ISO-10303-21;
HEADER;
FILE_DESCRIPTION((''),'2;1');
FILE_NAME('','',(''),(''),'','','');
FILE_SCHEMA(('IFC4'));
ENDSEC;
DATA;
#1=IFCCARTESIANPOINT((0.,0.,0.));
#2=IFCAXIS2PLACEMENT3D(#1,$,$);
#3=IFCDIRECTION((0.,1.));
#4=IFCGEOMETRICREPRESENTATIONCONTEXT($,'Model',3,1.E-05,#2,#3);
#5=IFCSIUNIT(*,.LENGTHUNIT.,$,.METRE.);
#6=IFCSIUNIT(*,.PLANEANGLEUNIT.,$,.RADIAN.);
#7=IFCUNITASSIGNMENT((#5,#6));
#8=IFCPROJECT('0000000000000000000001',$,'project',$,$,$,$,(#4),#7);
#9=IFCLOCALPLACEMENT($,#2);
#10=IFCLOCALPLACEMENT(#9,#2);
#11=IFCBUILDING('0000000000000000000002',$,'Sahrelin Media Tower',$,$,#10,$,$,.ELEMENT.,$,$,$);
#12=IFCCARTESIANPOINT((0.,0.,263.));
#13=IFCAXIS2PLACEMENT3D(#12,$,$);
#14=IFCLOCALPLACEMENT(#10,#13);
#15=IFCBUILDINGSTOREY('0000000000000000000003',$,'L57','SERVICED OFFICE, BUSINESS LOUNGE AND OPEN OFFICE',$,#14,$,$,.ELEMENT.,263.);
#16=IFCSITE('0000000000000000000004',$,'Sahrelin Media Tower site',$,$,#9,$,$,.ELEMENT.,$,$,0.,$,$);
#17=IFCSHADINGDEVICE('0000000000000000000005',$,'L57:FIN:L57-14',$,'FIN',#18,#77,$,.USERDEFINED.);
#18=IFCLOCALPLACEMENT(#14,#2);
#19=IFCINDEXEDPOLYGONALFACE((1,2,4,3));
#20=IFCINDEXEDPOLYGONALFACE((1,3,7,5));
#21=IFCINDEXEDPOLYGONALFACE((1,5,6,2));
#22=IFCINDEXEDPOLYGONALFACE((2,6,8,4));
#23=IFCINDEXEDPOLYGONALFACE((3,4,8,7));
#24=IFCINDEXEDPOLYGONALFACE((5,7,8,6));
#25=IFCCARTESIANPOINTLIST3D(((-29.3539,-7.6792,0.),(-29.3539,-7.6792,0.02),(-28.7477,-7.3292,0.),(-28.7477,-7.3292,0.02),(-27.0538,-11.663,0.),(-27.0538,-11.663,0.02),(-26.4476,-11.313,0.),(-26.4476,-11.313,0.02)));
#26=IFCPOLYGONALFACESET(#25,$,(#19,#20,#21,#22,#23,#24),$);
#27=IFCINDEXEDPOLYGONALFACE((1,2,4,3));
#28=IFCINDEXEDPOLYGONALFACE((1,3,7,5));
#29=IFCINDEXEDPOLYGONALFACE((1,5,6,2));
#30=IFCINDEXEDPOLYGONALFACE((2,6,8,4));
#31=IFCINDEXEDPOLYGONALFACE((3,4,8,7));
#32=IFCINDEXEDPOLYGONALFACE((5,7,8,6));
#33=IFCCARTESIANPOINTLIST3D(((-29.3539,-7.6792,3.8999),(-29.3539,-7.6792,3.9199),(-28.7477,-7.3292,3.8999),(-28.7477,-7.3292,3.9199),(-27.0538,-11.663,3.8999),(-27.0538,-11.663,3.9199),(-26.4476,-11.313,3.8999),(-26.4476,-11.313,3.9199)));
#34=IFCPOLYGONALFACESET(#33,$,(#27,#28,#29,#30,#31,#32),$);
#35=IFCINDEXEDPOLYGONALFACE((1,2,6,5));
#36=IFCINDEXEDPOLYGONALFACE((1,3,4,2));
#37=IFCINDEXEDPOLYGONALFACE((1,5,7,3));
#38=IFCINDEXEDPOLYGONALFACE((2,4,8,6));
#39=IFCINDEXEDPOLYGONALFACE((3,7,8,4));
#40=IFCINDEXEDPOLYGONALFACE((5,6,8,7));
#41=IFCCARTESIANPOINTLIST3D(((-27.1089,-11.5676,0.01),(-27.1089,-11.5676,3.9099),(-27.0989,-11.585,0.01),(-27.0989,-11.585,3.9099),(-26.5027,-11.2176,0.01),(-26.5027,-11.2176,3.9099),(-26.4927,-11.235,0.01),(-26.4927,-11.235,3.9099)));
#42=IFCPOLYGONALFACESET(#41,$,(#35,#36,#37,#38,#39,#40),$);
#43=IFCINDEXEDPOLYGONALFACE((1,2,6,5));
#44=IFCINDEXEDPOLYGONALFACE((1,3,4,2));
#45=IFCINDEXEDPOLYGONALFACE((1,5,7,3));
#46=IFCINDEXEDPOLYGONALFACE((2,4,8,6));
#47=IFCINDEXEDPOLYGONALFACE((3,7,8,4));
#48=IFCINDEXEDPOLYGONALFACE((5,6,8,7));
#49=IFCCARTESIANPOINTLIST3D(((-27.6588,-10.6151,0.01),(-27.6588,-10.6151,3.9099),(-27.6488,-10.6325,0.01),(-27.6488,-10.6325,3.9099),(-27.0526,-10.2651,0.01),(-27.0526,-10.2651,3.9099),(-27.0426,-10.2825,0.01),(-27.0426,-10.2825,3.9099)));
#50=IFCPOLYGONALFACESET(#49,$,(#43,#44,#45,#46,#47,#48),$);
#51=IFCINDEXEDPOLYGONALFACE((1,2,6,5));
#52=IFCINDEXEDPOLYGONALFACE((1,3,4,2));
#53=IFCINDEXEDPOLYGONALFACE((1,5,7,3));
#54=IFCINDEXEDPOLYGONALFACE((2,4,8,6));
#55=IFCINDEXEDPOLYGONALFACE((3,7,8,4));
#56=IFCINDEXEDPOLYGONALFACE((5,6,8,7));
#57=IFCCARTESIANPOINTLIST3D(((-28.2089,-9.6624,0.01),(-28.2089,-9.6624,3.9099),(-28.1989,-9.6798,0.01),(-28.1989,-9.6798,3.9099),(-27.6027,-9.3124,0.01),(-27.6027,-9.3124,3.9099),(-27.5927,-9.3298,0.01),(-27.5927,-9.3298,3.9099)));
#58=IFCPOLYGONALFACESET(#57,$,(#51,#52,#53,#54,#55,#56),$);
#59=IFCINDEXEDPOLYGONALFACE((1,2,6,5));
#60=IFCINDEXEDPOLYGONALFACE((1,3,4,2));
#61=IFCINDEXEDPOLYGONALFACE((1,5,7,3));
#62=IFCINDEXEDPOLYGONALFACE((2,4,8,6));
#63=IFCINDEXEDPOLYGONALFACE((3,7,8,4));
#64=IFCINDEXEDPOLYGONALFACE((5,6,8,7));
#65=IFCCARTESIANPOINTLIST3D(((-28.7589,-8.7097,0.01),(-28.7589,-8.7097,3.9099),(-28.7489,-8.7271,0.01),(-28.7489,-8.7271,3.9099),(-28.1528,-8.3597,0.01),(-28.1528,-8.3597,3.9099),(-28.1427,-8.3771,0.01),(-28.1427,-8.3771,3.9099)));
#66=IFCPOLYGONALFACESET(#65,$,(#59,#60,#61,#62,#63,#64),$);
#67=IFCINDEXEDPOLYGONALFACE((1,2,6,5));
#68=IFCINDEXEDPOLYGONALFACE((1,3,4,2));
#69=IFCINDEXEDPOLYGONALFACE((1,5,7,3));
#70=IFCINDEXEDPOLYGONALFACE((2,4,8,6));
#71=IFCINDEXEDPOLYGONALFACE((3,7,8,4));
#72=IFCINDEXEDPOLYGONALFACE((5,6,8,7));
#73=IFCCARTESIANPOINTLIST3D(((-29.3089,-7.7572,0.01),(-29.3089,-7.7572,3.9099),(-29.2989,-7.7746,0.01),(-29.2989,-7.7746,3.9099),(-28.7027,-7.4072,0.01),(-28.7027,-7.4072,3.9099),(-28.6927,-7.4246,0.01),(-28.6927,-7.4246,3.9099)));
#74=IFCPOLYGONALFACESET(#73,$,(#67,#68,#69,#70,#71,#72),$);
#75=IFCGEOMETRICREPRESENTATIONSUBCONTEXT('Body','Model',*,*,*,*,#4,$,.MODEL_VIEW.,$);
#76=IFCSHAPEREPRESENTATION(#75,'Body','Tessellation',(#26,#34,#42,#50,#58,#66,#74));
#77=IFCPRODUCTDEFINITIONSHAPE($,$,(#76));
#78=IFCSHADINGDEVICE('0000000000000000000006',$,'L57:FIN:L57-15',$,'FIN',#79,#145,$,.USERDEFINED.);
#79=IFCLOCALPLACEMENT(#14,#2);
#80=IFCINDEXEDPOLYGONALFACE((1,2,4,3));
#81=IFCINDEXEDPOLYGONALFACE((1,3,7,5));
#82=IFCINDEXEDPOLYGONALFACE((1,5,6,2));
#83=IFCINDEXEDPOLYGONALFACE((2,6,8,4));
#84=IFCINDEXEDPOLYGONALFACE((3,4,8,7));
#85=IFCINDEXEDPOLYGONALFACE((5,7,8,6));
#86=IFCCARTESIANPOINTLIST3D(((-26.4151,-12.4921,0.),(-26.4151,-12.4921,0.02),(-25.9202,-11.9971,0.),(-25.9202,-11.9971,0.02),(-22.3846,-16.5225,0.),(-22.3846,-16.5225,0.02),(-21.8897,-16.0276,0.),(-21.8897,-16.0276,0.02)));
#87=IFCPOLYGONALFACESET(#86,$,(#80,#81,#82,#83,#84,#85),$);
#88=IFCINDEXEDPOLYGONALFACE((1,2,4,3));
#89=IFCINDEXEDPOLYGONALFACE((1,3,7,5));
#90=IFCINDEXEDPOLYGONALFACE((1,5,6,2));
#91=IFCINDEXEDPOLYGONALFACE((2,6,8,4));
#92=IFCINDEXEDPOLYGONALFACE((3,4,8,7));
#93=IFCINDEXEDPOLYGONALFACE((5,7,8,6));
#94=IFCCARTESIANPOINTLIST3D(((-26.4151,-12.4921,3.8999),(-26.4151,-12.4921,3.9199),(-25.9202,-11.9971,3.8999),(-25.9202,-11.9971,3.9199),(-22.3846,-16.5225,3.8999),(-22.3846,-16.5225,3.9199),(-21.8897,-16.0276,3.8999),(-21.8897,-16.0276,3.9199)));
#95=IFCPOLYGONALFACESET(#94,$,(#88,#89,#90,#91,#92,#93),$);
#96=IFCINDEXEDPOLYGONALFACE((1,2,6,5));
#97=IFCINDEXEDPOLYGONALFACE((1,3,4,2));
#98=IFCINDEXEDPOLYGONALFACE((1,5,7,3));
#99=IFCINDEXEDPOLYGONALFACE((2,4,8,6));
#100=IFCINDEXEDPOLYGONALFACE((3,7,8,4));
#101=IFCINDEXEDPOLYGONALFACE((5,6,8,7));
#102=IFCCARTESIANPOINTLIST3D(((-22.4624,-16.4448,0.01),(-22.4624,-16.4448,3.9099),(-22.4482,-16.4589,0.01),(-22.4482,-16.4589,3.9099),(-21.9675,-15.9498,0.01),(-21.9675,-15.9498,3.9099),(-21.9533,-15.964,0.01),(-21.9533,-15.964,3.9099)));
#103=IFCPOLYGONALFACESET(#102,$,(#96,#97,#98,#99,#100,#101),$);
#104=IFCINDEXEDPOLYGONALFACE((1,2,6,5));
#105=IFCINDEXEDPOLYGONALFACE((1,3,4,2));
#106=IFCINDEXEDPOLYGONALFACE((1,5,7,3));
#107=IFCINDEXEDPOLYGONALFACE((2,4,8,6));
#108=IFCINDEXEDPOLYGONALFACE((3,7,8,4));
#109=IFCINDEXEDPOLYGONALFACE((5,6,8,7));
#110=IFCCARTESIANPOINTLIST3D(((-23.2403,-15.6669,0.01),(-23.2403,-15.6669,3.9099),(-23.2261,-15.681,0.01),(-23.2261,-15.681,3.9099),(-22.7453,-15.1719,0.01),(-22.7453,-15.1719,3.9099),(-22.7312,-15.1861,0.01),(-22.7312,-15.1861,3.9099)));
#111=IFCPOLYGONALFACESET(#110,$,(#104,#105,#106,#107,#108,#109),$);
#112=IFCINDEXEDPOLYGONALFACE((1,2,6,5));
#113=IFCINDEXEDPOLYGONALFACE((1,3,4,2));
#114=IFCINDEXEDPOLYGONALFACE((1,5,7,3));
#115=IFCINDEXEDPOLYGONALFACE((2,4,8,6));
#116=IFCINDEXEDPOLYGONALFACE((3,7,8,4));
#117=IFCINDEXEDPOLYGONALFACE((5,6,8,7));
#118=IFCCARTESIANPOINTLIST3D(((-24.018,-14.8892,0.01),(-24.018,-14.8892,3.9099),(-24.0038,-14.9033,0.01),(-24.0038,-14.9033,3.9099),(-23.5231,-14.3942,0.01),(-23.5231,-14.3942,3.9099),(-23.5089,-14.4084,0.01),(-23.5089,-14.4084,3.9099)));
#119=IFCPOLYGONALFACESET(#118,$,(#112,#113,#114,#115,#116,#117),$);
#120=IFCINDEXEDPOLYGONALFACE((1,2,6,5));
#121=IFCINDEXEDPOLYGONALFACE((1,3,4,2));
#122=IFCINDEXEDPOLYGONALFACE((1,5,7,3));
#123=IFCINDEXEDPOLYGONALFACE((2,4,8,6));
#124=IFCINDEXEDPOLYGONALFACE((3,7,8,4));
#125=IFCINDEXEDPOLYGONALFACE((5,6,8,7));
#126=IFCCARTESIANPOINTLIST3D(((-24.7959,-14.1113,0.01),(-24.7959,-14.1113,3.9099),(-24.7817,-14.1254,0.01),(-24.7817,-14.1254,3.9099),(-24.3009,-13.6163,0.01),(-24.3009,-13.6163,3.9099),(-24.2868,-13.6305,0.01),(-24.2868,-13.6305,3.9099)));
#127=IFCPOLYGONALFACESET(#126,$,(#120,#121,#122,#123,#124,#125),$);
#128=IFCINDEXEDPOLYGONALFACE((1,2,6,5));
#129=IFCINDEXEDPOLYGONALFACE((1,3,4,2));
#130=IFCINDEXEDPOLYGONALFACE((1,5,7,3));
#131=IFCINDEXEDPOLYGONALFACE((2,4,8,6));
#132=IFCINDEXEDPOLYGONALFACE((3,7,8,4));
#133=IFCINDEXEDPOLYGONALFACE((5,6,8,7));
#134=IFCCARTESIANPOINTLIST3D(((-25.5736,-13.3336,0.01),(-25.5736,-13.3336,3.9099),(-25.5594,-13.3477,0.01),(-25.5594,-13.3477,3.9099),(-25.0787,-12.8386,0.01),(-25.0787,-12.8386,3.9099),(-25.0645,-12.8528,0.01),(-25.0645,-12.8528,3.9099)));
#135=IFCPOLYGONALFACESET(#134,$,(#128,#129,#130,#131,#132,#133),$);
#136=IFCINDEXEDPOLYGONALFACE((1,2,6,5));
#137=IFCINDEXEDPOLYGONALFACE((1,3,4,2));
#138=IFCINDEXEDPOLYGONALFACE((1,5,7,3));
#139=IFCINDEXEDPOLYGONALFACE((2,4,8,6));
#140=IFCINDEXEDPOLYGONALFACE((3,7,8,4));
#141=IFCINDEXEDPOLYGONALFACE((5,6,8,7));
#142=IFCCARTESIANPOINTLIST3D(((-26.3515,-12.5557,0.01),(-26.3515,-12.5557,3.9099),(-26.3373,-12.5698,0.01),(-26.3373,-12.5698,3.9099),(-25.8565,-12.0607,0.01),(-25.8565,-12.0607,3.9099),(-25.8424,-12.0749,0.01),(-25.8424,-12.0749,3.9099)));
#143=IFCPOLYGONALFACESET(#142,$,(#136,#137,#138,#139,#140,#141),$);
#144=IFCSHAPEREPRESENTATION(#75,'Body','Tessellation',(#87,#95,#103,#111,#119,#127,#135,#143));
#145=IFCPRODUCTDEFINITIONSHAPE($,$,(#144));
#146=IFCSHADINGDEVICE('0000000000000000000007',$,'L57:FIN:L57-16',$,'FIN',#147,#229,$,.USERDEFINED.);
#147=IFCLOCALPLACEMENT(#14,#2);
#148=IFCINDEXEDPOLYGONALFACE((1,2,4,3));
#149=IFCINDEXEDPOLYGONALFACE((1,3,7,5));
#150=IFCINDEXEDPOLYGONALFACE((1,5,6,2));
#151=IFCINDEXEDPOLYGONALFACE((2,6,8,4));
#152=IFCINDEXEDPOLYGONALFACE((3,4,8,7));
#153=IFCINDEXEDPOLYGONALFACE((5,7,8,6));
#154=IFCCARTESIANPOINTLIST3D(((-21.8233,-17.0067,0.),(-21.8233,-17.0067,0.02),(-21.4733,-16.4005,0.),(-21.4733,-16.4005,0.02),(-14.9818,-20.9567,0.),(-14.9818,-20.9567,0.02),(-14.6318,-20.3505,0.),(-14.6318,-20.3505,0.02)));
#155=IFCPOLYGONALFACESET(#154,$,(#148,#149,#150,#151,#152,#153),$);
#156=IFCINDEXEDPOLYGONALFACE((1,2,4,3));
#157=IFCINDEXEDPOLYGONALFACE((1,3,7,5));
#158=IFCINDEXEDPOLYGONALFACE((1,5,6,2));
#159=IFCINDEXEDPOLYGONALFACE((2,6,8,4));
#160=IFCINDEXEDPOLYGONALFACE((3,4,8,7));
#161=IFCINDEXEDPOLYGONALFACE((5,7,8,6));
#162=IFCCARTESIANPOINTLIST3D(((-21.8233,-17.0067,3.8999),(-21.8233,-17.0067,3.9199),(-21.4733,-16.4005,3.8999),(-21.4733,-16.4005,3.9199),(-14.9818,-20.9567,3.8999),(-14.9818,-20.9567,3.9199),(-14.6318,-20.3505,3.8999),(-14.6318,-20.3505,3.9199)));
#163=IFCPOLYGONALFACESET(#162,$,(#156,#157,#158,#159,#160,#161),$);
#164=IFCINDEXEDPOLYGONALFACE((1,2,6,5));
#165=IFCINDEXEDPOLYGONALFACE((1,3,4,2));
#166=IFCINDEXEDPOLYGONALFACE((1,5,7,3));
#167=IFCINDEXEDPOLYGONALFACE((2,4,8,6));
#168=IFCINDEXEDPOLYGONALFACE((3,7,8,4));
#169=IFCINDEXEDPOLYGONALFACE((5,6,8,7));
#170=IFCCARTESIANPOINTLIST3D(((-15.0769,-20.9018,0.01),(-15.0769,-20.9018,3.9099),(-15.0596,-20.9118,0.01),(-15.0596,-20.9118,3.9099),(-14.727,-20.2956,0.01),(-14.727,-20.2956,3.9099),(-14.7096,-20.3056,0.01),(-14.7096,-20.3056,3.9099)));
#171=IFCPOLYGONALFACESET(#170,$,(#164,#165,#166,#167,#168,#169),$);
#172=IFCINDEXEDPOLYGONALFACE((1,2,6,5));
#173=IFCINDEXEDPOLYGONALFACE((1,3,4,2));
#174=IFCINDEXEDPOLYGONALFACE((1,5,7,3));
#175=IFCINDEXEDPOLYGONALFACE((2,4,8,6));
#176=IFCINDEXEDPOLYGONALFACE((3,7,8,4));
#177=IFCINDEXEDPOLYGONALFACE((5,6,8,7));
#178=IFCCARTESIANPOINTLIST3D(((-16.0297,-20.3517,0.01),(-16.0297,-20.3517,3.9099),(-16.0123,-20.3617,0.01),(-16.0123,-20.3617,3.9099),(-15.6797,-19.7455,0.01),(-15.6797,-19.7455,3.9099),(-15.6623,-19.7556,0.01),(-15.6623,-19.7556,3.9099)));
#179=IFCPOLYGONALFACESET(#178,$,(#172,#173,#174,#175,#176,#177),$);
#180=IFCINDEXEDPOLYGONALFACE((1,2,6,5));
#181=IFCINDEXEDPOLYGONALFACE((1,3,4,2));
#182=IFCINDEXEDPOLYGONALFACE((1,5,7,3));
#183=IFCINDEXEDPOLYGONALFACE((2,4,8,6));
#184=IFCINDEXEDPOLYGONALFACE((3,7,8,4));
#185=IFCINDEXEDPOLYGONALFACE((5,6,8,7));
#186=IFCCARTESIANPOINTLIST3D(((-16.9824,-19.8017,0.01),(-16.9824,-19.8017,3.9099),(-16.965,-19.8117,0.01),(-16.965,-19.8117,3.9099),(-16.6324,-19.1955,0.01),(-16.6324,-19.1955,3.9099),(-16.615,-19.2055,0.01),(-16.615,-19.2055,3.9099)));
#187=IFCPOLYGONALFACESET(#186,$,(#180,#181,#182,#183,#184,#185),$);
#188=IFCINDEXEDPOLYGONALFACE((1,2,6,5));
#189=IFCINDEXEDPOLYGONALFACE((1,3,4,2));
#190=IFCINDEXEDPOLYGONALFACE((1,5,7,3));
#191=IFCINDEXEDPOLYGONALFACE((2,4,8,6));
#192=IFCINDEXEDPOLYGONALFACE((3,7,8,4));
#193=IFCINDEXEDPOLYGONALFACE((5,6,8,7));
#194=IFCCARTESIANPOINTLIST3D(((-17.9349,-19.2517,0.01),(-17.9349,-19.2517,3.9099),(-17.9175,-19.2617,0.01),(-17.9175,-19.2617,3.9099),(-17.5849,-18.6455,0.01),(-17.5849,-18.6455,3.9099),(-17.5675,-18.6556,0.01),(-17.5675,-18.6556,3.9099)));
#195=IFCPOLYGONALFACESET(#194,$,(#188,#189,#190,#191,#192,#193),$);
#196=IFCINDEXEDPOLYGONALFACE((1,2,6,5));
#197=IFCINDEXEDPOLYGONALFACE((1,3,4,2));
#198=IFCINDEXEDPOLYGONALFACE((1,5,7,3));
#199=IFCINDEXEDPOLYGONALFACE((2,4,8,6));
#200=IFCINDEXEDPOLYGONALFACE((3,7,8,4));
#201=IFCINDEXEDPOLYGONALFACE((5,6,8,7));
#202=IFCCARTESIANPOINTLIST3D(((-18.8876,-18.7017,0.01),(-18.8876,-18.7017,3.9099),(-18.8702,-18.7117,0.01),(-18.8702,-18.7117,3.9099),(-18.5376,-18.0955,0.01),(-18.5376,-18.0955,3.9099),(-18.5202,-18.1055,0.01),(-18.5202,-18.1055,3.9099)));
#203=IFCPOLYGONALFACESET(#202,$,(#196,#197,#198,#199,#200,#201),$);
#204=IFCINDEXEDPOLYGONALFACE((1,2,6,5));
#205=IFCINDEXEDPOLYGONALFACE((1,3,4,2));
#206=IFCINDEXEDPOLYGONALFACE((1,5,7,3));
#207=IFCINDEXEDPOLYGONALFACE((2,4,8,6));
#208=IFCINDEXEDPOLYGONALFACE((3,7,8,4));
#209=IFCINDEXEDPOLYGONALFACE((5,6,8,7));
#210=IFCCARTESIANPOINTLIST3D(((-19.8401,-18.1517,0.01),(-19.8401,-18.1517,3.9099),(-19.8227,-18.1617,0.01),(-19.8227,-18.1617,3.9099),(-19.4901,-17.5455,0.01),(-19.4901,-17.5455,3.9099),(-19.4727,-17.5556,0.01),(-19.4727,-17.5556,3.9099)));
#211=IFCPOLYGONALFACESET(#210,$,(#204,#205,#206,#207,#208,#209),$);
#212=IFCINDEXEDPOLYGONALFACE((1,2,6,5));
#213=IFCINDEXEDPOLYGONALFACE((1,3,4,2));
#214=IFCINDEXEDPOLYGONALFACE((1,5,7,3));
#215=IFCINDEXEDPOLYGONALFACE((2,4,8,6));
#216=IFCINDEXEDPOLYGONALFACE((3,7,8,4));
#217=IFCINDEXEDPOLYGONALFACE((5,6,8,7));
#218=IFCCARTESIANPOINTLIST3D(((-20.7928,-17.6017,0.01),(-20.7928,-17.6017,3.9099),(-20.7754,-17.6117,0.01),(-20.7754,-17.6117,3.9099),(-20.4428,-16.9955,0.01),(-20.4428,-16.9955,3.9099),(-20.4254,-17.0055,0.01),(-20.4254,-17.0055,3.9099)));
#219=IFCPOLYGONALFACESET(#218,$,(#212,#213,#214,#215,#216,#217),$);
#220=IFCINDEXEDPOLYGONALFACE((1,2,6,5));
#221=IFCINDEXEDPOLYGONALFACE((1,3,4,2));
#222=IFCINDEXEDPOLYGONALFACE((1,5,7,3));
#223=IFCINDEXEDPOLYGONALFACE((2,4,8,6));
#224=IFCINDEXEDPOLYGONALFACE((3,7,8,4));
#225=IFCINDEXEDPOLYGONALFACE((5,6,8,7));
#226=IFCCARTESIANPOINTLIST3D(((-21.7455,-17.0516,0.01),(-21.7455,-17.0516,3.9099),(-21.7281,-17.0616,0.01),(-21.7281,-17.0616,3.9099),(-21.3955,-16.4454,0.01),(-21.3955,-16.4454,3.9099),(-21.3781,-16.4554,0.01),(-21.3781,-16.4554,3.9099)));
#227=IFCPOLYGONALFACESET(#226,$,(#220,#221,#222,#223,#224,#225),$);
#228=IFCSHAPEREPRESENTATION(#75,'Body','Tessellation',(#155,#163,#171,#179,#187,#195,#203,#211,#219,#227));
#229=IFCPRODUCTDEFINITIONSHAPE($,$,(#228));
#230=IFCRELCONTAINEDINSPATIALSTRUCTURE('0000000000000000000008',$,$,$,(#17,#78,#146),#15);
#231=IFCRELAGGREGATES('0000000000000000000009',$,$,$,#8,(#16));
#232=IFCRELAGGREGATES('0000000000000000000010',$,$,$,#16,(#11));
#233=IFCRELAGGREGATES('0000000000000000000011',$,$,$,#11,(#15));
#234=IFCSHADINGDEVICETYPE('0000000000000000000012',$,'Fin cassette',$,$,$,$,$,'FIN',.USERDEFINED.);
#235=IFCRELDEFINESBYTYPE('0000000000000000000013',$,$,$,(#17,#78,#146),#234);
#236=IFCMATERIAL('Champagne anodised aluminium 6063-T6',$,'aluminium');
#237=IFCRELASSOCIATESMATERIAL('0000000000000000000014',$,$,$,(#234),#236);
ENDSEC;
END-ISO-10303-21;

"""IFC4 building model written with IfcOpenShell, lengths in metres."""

from ifc_helpers import new_model, si_unit, direction, frame, origin, origin_2d, place, context, subcontext, project, spatial, rectangle, extrude, material, type_object, element, save


model = new_model("IFC4")

# Units and contexts
model_context = context("Model", 3, precision=1e-05, world=origin(), true_north=direction((0.0, 1.0)))
body_context = subcontext(model_context, "Body", "Model", "MODEL_VIEW")
ifc_project = project(units=[si_unit("LENGTHUNIT", "METRE"), si_unit("PLANEANGLEUNIT", "RADIAN")], contexts=[model_context])

# Site, building, storey
site_placement = place(None, origin())
site = spatial("IfcSite", under=ifc_project, at=site_placement, Name="Sahrelin Media Tower site", CompositionType="ELEMENT", RefElevation=0.0)
building_placement = place(site_placement, origin())
building = spatial("IfcBuilding", under=site, at=building_placement, Name="Sahrelin Media Tower", CompositionType="ELEMENT")
storey_placement = place(building_placement, frame((0.0, 0.0, 263.0)))
storey = spatial("IfcBuildingStorey", under=building, at=storey_placement, Name="L57", Description="SERVICED OFFICE, BUSINESS LOUNGE AND OPEN OFFICE", CompositionType="ELEMENT", Elevation=263.0)

# Shared definitions
ifc_material_1 = material(Name="Champagne anodised aluminium 6063-T6", Category="aluminium")

# Shading devices
shading_device_type_1 = type_object("IfcShadingDeviceType", Name="Fin cassette", ElementType="FIN", PredefinedType="USERDEFINED", material=ifc_material_1)
placement_1 = place(storey_placement, frame((-27.5371, -9.2861, 0.0), z_axis=(0.0, 0.0, 1.0), x_axis=(-0.500011, 0.866019, 0.0)))
element("IfcShadingDevice", 1, at=placement_1, inside=storey, type_object=shading_device_type_1, Name="L57:FIN:L57-14", ObjectType="FIN", PredefinedType="USERDEFINED", context=body_context, shape_type="SweptSolid", body=[
    extrude(rectangle(XDim=4.6001, YDim=0.7, at=origin_2d()), frame((0.0, 0.4199, 0.0)), (0.0, 0.0, 1.0), 0.02),
    extrude(rectangle(XDim=4.6001, YDim=0.7, at=origin_2d()), frame((0.0, 0.4199, 3.8999)), (0.0, 0.0, 1.0), 0.02),
    extrude(rectangle(XDim=0.02, YDim=0.7, at=origin_2d()), frame((-2.2, 0.4199, 0.01), z_axis=(0.0, 0.0, 1.0), x_axis=(1.0, 0.0, 0.0)), (0.0, 0.0, 1.0), 3.8999),
    extrude(rectangle(XDim=0.02, YDim=0.7, at=origin_2d()), frame((-1.1001, 0.4199, 0.01), z_axis=(0.0, 0.0, 1.0), x_axis=(1.0, 0.0, 0.0)), (0.0, 0.0, 1.0), 3.8999),
    extrude(rectangle(XDim=0.02, YDim=0.7, at=origin_2d()), frame((0.0, 0.4199, 0.01), z_axis=(0.0, 0.0, 1.0), x_axis=(1.0, 0.0, 0.0)), (0.0, 0.0, 1.0), 3.8999),
    extrude(rectangle(XDim=0.02, YDim=0.7, at=origin_2d()), frame((1.1001, 0.4199, 0.01), z_axis=(0.0, 0.0, 1.0), x_axis=(1.0, 0.0, 0.0)), (0.0, 0.0, 1.0), 3.8999),
    extrude(rectangle(XDim=0.02, YDim=0.7, at=origin_2d()), frame((2.2, 0.4199, 0.01), z_axis=(0.0, 0.0, 1.0), x_axis=(1.0, 0.0, 0.0)), (0.0, 0.0, 1.0), 3.8999),
])
placement_2 = place(storey_placement, frame((-23.8555, -13.9629, 0.0), z_axis=(0.0, 0.0, 1.0), x_axis=(-0.707107, 0.707107, 0.0)))
element("IfcShadingDevice", 2, at=placement_2, inside=storey, type_object=shading_device_type_1, Name="L57:FIN:L57-15", ObjectType="FIN", PredefinedType="USERDEFINED", context=body_context, shape_type="SweptSolid", body=[
    extrude(rectangle(XDim=5.7, YDim=0.7, at=origin_2d()), frame((0.0, 0.4199, 0.0)), (0.0, 0.0, 1.0), 0.02),
    extrude(rectangle(XDim=5.7, YDim=0.7, at=origin_2d()), frame((0.0, 0.4199, 3.8999)), (0.0, 0.0, 1.0), 0.02),
    extrude(rectangle(XDim=0.02, YDim=0.7, at=origin_2d()), frame((-2.75, 0.4199, 0.01), z_axis=(0.0, 0.0, 1.0), x_axis=(1.0, 0.0, 0.0)), (0.0, 0.0, 1.0), 3.8999),
    extrude(rectangle(XDim=0.02, YDim=0.7, at=origin_2d()), frame((-1.6499, 0.4199, 0.01), z_axis=(0.0, 0.0, 1.0), x_axis=(1.0, 0.0, 0.0)), (0.0, 0.0, 1.0), 3.8999),
    extrude(rectangle(XDim=0.02, YDim=0.7, at=origin_2d()), frame((-0.55, 0.4199, 0.01), z_axis=(0.0, 0.0, 1.0), x_axis=(1.0, 0.0, 0.0)), (0.0, 0.0, 1.0), 3.8999),
    extrude(rectangle(XDim=0.02, YDim=0.7, at=origin_2d()), frame((0.55, 0.4199, 0.01), z_axis=(0.0, 0.0, 1.0), x_axis=(1.0, 0.0, 0.0)), (0.0, 0.0, 1.0), 3.8999),
    extrude(rectangle(XDim=0.02, YDim=0.7, at=origin_2d()), frame((1.6499, 0.4199, 0.01), z_axis=(0.0, 0.0, 1.0), x_axis=(1.0, 0.0, 0.0)), (0.0, 0.0, 1.0), 3.8999),
    extrude(rectangle(XDim=0.02, YDim=0.7, at=origin_2d()), frame((2.75, 0.4199, 0.01), z_axis=(0.0, 0.0, 1.0), x_axis=(1.0, 0.0, 0.0)), (0.0, 0.0, 1.0), 3.8999),
])
placement_3 = place(storey_placement, frame((-18.0176, -18.3149, 0.0), z_axis=(0.0, 0.0, 1.0), x_axis=(-0.866019, 0.500011, 0.0)))
element("IfcShadingDevice", 3, at=placement_3, inside=storey, type_object=shading_device_type_1, Name="L57:FIN:L57-16", ObjectType="FIN", PredefinedType="USERDEFINED", context=body_context, shape_type="SweptSolid", body=[
    extrude(rectangle(XDim=7.8999, YDim=0.7, at=origin_2d()), frame((0.0, 0.4199, 0.0)), (0.0, 0.0, 1.0), 0.02),
    extrude(rectangle(XDim=7.8999, YDim=0.7, at=origin_2d()), frame((0.0, 0.4199, 3.8999)), (0.0, 0.0, 1.0), 0.02),
    extrude(rectangle(XDim=0.02, YDim=0.7, at=origin_2d()), frame((-3.8501, 0.4199, 0.01), z_axis=(0.0, 0.0, 1.0), x_axis=(1.0, 0.0, 0.0)), (0.0, 0.0, 1.0), 3.8999),
    extrude(rectangle(XDim=0.02, YDim=0.7, at=origin_2d()), frame((-2.75, 0.4199, 0.01), z_axis=(0.0, 0.0, 1.0), x_axis=(1.0, 0.0, 0.0)), (0.0, 0.0, 1.0), 3.8999),
    extrude(rectangle(XDim=0.02, YDim=0.7, at=origin_2d()), frame((-1.6499, 0.4199, 0.01), z_axis=(0.0, 0.0, 1.0), x_axis=(1.0, 0.0, 0.0)), (0.0, 0.0, 1.0), 3.8999),
    extrude(rectangle(XDim=0.02, YDim=0.7, at=origin_2d()), frame((-0.55, 0.4199, 0.01), z_axis=(0.0, 0.0, 1.0), x_axis=(1.0, 0.0, 0.0)), (0.0, 0.0, 1.0), 3.8999),
    extrude(rectangle(XDim=0.02, YDim=0.7, at=origin_2d()), frame((0.55, 0.4199, 0.01), z_axis=(0.0, 0.0, 1.0), x_axis=(1.0, 0.0, 0.0)), (0.0, 0.0, 1.0), 3.8999),
    extrude(rectangle(XDim=0.02, YDim=0.7, at=origin_2d()), frame((1.6499, 0.4199, 0.01), z_axis=(0.0, 0.0, 1.0), x_axis=(1.0, 0.0, 0.0)), (0.0, 0.0, 1.0), 3.8999),
    extrude(rectangle(XDim=0.02, YDim=0.7, at=origin_2d()), frame((2.75, 0.4199, 0.01), z_axis=(0.0, 0.0, 1.0), x_axis=(1.0, 0.0, 0.0)), (0.0, 0.0, 1.0), 3.8999),
    extrude(rectangle(XDim=0.02, YDim=0.7, at=origin_2d()), frame((3.8501, 0.4199, 0.01), z_axis=(0.0, 0.0, 1.0), x_axis=(1.0, 0.0, 0.0)), (0.0, 0.0, 1.0), 3.8999),
])

save(model, "model.ifc")
